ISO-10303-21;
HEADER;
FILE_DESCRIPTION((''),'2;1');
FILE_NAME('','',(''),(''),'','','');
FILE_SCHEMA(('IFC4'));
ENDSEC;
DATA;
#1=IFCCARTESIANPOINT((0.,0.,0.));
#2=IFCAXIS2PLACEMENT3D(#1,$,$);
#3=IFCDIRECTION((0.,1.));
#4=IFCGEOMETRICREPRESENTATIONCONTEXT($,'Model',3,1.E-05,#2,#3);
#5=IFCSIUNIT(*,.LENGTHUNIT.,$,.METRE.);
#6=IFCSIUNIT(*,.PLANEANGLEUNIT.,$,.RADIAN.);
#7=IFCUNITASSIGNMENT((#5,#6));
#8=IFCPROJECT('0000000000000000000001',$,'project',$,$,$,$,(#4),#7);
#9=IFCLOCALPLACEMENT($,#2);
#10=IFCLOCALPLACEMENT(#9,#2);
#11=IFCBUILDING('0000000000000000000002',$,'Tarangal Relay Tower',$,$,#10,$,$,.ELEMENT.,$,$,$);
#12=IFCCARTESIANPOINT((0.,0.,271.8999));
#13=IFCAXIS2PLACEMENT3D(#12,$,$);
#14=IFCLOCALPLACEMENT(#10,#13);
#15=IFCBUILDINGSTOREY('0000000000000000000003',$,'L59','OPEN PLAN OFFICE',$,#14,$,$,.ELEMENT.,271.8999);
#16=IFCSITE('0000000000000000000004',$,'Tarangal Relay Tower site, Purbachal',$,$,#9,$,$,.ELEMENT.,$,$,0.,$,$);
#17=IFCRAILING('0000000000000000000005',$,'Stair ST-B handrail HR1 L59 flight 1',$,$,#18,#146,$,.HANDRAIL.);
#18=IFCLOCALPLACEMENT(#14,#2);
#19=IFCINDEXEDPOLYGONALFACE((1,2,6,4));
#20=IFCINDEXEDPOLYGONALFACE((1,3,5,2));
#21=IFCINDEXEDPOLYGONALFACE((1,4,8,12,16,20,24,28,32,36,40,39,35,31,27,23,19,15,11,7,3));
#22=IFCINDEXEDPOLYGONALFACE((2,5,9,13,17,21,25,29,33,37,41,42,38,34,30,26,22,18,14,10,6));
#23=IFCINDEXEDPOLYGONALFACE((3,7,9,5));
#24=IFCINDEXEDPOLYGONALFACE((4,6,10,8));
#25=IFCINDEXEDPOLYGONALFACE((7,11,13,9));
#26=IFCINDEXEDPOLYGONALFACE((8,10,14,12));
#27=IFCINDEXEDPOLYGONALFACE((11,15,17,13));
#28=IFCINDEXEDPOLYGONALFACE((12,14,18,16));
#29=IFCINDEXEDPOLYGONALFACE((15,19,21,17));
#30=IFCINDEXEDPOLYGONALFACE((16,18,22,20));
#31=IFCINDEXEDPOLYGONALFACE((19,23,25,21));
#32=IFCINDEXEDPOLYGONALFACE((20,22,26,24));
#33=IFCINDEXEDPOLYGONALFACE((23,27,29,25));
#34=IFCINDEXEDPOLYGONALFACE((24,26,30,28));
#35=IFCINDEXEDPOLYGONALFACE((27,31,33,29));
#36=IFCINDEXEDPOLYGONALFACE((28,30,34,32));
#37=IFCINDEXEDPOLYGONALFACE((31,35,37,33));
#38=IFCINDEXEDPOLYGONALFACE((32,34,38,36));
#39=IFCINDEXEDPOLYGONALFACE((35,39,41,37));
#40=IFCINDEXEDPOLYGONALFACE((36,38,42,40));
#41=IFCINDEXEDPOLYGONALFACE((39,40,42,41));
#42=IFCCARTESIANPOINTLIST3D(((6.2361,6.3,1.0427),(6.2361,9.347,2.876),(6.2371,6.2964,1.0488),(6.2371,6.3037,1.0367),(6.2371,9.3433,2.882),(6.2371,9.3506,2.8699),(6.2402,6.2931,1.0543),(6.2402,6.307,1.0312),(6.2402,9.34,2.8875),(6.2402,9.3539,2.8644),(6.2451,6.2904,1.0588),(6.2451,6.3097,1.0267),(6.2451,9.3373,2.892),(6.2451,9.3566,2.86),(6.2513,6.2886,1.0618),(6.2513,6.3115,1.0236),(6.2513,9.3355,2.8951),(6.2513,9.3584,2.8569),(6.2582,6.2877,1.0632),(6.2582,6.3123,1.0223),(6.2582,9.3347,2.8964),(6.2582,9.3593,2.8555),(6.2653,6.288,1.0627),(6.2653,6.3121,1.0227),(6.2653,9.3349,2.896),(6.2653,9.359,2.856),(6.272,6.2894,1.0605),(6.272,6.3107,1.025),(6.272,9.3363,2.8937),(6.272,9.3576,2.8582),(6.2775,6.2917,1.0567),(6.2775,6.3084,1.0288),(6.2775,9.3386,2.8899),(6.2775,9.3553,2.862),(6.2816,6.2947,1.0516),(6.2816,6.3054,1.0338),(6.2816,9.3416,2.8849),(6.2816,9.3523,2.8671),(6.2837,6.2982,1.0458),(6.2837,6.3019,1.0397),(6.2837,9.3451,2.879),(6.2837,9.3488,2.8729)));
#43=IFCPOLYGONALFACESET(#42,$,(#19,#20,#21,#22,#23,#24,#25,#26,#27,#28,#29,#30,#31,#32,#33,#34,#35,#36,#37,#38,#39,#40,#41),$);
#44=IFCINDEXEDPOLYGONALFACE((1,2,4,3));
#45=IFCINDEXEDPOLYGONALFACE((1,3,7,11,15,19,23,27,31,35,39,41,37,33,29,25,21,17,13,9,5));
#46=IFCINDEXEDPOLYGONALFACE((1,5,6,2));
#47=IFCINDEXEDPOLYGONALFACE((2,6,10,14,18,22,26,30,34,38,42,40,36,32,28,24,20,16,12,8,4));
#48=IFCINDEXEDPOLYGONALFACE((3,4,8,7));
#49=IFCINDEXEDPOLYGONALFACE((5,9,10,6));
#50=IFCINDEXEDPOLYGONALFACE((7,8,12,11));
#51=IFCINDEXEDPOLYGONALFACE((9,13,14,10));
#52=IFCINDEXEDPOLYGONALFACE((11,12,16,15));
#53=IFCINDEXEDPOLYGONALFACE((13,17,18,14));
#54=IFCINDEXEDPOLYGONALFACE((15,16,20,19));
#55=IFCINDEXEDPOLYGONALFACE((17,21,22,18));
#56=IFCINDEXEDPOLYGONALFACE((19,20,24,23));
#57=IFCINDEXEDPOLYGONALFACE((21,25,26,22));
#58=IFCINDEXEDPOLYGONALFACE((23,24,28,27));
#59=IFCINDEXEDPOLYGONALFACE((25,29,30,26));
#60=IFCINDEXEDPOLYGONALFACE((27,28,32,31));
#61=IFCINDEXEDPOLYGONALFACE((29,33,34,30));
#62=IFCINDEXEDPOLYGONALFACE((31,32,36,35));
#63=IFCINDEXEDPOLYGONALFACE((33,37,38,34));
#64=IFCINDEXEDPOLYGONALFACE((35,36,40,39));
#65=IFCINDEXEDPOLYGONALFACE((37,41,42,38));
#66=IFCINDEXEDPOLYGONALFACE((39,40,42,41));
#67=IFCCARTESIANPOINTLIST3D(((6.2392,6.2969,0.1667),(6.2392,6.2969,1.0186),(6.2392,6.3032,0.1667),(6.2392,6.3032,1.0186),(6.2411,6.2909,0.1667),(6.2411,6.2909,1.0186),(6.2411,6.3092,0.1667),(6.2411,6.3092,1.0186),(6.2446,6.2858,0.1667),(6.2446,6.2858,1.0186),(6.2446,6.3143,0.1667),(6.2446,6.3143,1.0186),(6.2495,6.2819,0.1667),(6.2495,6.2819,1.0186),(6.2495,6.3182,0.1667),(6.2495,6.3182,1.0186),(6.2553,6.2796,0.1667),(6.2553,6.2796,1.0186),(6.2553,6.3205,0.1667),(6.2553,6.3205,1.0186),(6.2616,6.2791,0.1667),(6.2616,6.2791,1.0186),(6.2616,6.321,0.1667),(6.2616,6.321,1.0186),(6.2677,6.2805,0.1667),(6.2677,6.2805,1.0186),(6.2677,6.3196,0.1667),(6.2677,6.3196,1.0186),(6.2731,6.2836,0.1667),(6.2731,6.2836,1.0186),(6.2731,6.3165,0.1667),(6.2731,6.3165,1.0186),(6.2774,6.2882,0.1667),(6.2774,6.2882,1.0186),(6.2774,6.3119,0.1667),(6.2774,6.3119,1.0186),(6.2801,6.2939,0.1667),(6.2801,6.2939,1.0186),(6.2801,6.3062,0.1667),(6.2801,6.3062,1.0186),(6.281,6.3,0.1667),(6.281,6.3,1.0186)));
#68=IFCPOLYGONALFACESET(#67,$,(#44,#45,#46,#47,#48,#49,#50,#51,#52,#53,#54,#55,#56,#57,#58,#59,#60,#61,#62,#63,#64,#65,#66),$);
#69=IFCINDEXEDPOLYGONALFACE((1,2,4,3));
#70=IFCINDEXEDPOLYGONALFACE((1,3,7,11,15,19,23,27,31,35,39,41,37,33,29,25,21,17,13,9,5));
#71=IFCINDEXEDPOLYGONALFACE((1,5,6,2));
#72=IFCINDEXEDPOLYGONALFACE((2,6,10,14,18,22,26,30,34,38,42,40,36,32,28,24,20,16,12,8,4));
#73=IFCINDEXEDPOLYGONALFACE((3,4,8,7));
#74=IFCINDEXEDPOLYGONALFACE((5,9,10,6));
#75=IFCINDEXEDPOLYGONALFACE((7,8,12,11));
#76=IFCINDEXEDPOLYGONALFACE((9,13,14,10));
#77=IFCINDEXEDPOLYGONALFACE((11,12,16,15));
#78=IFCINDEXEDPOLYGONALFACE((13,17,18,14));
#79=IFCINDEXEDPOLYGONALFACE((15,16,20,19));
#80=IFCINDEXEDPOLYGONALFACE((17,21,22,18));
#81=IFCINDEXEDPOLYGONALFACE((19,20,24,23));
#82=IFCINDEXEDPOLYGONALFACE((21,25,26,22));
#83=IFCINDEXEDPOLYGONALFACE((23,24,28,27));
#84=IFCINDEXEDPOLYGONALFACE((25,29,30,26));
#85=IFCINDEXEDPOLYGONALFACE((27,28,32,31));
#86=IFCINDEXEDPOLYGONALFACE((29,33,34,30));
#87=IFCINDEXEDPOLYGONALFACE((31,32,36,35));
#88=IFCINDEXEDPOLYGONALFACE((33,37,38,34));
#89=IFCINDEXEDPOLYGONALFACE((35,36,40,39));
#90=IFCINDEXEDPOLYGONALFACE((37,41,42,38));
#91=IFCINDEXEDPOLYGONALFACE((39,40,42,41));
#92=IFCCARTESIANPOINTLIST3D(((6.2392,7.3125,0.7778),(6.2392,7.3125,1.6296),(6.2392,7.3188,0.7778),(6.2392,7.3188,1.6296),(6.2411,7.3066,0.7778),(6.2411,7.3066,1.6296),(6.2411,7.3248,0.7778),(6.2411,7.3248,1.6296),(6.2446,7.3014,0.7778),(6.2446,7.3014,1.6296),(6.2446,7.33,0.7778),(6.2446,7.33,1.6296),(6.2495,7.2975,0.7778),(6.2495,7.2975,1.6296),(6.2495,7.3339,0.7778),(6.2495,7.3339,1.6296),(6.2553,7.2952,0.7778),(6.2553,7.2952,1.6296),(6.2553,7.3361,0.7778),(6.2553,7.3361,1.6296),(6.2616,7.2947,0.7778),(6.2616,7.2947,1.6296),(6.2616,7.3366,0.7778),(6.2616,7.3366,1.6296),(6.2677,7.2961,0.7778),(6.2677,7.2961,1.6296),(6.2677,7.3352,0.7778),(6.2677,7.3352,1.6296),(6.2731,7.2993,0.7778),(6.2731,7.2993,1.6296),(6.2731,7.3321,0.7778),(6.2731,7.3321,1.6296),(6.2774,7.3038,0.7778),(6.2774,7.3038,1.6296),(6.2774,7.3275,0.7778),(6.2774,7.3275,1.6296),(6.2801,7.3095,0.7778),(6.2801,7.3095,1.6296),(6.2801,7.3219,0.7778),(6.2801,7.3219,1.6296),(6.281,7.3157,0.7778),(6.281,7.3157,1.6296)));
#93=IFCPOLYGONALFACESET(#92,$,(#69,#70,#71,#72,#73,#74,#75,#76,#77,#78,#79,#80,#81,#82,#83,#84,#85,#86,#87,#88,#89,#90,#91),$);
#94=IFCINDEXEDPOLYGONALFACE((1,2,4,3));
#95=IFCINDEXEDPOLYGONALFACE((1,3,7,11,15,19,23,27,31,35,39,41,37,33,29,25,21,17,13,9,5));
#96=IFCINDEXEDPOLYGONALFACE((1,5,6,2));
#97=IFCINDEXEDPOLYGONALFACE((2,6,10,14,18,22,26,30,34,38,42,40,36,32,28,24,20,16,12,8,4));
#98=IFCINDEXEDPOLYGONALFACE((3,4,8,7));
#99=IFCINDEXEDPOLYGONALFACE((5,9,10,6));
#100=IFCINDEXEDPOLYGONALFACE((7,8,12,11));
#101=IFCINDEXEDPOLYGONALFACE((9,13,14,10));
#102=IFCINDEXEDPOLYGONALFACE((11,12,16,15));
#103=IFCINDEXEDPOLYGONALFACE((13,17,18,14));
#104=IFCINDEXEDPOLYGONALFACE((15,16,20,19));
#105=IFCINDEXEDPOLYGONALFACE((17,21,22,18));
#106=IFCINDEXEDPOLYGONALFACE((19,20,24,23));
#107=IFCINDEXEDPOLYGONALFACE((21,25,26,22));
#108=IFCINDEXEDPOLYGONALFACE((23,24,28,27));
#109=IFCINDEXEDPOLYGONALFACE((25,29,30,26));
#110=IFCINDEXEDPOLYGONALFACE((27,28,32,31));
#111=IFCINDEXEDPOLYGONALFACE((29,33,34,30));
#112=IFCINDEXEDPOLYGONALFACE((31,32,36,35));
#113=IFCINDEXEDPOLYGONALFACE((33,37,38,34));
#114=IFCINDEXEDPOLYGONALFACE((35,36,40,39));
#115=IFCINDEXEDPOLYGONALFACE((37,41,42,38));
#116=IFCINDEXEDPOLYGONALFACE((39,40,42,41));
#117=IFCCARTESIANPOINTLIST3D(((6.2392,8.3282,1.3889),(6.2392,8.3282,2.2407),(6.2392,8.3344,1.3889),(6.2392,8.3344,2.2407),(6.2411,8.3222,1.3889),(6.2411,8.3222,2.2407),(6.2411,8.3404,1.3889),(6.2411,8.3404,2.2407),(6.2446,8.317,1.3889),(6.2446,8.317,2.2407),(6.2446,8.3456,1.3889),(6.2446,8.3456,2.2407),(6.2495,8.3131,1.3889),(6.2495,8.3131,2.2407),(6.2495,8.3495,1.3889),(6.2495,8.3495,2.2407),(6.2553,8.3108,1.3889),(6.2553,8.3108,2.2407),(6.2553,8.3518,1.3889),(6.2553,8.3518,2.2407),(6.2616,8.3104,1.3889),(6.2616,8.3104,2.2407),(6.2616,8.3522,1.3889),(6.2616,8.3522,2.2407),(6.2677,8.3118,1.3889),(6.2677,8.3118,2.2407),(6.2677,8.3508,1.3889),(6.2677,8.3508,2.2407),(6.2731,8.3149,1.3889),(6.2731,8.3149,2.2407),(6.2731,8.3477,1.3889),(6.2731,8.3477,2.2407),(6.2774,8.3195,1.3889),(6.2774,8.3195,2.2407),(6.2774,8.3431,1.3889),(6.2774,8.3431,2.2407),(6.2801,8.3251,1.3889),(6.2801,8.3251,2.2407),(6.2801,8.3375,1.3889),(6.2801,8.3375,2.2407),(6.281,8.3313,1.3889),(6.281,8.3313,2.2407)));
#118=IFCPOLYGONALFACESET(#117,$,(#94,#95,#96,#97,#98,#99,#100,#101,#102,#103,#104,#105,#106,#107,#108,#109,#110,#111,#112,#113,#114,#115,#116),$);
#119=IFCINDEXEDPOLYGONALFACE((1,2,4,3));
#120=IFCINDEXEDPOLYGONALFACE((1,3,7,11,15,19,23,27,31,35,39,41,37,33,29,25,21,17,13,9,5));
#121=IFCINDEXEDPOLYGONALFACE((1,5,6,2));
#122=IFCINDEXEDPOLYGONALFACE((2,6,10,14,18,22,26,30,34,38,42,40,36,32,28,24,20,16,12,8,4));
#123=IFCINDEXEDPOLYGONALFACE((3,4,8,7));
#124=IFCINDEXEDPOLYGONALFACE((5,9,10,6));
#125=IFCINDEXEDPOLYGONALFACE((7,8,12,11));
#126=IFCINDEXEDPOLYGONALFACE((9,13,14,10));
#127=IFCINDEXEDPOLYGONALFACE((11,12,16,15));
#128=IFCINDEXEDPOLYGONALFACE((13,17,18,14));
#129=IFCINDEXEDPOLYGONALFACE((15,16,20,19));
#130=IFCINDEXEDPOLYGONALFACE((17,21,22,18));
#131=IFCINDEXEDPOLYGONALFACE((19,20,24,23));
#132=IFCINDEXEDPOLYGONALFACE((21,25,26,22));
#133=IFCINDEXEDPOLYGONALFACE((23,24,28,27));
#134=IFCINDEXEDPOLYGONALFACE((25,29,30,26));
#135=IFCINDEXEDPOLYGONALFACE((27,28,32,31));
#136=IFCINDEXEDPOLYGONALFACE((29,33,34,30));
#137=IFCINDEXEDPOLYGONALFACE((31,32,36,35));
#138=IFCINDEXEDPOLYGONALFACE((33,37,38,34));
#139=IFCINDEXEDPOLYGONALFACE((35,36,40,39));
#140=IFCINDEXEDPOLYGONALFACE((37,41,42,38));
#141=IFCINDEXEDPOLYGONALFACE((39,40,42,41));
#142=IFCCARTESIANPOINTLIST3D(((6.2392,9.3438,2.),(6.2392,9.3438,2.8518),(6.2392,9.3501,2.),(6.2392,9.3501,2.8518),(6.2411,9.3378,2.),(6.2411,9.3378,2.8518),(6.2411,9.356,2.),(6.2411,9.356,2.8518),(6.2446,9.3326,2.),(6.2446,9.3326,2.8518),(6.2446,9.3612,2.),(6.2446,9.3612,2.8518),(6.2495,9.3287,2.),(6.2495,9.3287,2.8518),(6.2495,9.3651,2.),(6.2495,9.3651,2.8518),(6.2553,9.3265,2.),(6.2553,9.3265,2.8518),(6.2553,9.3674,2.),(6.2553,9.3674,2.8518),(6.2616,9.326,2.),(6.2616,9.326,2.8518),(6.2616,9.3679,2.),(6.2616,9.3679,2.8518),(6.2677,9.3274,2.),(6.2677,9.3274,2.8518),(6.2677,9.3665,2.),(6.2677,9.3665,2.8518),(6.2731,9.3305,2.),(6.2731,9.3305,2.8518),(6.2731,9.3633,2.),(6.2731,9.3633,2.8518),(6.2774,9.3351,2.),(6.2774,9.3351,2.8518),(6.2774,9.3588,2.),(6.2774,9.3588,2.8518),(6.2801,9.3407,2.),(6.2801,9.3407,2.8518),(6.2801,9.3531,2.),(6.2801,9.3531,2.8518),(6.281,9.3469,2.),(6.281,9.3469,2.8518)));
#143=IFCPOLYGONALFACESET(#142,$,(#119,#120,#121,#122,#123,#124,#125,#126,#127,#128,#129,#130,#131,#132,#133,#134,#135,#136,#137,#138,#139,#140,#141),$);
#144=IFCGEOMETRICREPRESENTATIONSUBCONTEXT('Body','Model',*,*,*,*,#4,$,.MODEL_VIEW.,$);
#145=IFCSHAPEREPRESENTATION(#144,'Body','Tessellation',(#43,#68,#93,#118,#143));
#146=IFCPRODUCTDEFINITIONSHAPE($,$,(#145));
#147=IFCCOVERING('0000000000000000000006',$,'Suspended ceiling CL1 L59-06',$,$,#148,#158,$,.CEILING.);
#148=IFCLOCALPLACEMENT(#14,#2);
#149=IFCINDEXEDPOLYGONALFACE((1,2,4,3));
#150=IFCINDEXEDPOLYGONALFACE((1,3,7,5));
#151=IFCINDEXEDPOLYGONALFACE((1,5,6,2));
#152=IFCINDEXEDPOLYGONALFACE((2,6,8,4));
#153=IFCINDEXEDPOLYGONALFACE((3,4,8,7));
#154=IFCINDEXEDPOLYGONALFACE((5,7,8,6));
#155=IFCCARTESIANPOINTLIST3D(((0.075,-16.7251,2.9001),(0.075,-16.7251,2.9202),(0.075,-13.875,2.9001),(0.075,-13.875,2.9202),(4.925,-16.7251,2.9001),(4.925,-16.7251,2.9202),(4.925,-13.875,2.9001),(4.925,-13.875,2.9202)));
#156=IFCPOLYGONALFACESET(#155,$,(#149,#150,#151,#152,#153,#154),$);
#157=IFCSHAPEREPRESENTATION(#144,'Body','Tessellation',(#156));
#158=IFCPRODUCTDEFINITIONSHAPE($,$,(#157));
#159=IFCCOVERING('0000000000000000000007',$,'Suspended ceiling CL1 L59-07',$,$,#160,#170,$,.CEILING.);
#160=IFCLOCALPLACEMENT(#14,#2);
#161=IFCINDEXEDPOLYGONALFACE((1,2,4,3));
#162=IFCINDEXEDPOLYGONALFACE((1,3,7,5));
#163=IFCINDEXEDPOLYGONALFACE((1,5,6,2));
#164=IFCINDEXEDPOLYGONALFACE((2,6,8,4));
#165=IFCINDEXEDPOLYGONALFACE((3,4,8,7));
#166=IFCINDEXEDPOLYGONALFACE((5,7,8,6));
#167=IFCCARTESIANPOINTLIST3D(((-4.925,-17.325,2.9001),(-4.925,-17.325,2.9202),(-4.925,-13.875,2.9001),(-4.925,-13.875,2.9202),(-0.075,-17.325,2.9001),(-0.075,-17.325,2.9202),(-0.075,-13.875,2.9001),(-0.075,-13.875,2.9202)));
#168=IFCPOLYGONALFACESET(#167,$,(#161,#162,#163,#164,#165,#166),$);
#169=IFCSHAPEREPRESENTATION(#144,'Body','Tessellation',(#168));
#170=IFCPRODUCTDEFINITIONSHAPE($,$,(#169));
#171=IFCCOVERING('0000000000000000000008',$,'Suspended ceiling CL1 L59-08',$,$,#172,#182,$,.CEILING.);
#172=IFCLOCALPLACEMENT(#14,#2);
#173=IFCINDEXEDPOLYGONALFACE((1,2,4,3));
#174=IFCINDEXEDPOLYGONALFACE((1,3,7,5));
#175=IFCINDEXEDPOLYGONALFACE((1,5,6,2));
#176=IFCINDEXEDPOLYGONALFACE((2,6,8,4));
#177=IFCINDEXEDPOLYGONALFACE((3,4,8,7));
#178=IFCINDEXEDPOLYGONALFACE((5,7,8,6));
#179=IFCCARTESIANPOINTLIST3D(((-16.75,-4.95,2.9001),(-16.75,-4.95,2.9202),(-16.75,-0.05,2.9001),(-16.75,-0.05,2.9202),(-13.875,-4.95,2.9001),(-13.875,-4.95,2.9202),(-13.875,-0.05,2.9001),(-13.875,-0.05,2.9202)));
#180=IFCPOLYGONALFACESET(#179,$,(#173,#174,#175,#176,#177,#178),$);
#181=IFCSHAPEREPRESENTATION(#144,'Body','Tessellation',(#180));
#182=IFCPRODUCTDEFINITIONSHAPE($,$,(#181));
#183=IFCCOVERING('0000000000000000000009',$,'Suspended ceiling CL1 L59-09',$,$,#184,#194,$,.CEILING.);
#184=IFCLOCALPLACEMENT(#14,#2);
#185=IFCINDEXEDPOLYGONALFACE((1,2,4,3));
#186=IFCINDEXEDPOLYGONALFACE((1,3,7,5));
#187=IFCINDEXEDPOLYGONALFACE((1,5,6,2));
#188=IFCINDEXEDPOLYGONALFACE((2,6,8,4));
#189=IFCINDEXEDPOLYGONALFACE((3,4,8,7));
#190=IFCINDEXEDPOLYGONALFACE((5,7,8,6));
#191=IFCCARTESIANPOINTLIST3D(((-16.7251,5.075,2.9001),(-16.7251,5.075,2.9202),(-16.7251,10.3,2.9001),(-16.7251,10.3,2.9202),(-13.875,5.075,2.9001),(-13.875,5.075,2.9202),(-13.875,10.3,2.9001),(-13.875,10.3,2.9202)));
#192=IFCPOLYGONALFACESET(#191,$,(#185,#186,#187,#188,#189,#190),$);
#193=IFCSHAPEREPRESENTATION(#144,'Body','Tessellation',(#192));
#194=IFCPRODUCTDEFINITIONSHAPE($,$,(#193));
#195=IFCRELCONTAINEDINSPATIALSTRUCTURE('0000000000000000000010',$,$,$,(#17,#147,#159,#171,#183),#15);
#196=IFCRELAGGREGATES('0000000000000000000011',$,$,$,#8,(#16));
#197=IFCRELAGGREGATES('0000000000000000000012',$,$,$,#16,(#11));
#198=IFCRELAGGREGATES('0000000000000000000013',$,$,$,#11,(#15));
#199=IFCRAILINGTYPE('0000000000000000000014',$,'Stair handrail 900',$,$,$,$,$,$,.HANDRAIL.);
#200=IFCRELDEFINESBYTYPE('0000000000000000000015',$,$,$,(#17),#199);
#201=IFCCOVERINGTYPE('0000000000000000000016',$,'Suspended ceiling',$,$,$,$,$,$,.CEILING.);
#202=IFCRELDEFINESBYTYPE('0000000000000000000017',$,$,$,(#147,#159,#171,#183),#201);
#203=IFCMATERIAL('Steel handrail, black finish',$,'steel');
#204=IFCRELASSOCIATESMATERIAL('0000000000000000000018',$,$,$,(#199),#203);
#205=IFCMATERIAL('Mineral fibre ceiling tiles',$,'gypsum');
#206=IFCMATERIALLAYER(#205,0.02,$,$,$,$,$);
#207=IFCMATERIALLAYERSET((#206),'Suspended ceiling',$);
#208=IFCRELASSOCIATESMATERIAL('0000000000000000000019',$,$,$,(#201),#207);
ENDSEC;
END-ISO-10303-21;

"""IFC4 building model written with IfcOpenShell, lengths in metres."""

from ifc_helpers import new_model, si_unit, direction, frame, origin, origin_2d, place, context, subcontext, project, spatial, polyline, circle, outline, extrude, material, layer, layer_set, type_object, element, save


model = new_model("IFC4")

# Units and contexts
model_context = context("Model", 3, precision=1e-05, world=origin(), true_north=direction((0.0, 1.0)))
body_context = subcontext(model_context, "Body", "Model", "MODEL_VIEW")
ifc_project = project(units=[si_unit("LENGTHUNIT", "METRE"), si_unit("PLANEANGLEUNIT", "RADIAN")], contexts=[model_context])

# Site, building, storey
site_placement = place(None, origin())
site = spatial("IfcSite", under=ifc_project, at=site_placement, Name="Tarangal Relay Tower site, Purbachal", CompositionType="ELEMENT", RefElevation=0.0)
building_placement = place(site_placement, origin())
building = spatial("IfcBuilding", under=site, at=building_placement, Name="Tarangal Relay Tower", CompositionType="ELEMENT")
storey_placement = place(building_placement, frame((0.0, 0.0, 271.8999)))
storey = spatial("IfcBuildingStorey", under=building, at=storey_placement, Name="L59", Description="OPEN PLAN OFFICE", CompositionType="ELEMENT", Elevation=271.8999)

# Railing
ifc_material_1 = material(Name="Steel handrail, black finish", Category="steel")
railing_type_1 = type_object("IfcRailingType", Name="Stair handrail 900", PredefinedType="HANDRAIL", material=ifc_material_1)
railing_1_placement = place(storey_placement, frame((6.26, 6.3, 0.1667)))
element("IfcRailing", 1, at=railing_1_placement, inside=storey, type_object=railing_type_1, Name="Stair ST-B handrail HR1 L59 flight 1", PredefinedType="HANDRAIL", context=body_context, shape_type="SweptSolid", body=[
    extrude(circle(Radius=0.0239, at=origin_2d()), frame((0.0, 0.0, 0.876), z_axis=(0.0, 0.856856, 0.515556), x_axis=(-1.0, 0.0, 0.0)), (0.0, 0.0, 1.0), 3.5559),
    extrude(circle(Radius=0.021, at=origin_2d()), origin(), (0.0, 0.0, 1.0), 0.8518),
    extrude(circle(Radius=0.021, at=origin_2d()), frame((0.0, 1.0156, 0.6111)), (0.0, 0.0, 1.0), 0.8518),
    extrude(circle(Radius=0.021, at=origin_2d()), frame((0.0, 2.0312, 1.2222)), (0.0, 0.0, 1.0), 0.8518),
    extrude(circle(Radius=0.021, at=origin_2d()), frame((0.0, 3.0469, 1.8333)), (0.0, 0.0, 1.0), 0.8518),
])

# Coverings
ifc_material_2 = material(Name="Mineral fibre ceiling tiles", Category="gypsum")
ifc_layer_1 = layer(ifc_material_2, 0.02)
ifc_layer_set_1 = layer_set([ifc_layer_1], Name="Suspended ceiling")
covering_type = type_object("IfcCoveringType", Name="Suspended ceiling", PredefinedType="CEILING", material=ifc_layer_set_1)
covering_1_placement = place(storey_placement, frame((0.0, 0.0, 2.9001)))
element("IfcCovering", 2, at=covering_1_placement, inside=storey, type_object=covering_type, Name="Suspended ceiling CL1 L59-06", PredefinedType="CEILING", context=body_context, shape_type="SweptSolid", body=[
    extrude(outline(polyline([(4.925, -13.875), (0.075, -13.875), (0.075, -16.7251), (4.925, -16.7251), (4.925, -13.875)])), origin(), (0.0, 0.0, 1.0), 0.02),
])
covering_2_placement = place(storey_placement, frame((0.0, 0.0, 2.9001)))
element("IfcCovering", 3, at=covering_2_placement, inside=storey, type_object=covering_type, Name="Suspended ceiling CL1 L59-07", PredefinedType="CEILING", context=body_context, shape_type="SweptSolid", body=[
    extrude(outline(polyline([(-4.925, -17.325), (-0.075, -17.325), (-0.075, -13.875), (-4.925, -13.875), (-4.925, -17.325)])), origin(), (0.0, 0.0, 1.0), 0.02),
])
covering_3_placement = place(storey_placement, frame((0.0, 0.0, 2.9001)))
element("IfcCovering", 4, at=covering_3_placement, inside=storey, type_object=covering_type, Name="Suspended ceiling CL1 L59-08", PredefinedType="CEILING", context=body_context, shape_type="SweptSolid", body=[
    extrude(outline(polyline([(-16.75, -0.05), (-16.75, -4.95), (-13.875, -4.95), (-13.875, -0.05), (-16.75, -0.05)])), origin(), (0.0, 0.0, 1.0), 0.02),
])
covering_4_placement = place(storey_placement, frame((0.0, 0.0, 2.9001)))
element("IfcCovering", 5, at=covering_4_placement, inside=storey, type_object=covering_type, Name="Suspended ceiling CL1 L59-09", PredefinedType="CEILING", context=body_context, shape_type="SweptSolid", body=[
    extrude(outline(polyline([(-13.875, 10.3), (-16.7251, 10.3), (-16.7251, 5.075), (-13.875, 5.075), (-13.875, 10.3)])), origin(), (0.0, 0.0, 1.0), 0.02),
])

save(model, "model.ifc")
